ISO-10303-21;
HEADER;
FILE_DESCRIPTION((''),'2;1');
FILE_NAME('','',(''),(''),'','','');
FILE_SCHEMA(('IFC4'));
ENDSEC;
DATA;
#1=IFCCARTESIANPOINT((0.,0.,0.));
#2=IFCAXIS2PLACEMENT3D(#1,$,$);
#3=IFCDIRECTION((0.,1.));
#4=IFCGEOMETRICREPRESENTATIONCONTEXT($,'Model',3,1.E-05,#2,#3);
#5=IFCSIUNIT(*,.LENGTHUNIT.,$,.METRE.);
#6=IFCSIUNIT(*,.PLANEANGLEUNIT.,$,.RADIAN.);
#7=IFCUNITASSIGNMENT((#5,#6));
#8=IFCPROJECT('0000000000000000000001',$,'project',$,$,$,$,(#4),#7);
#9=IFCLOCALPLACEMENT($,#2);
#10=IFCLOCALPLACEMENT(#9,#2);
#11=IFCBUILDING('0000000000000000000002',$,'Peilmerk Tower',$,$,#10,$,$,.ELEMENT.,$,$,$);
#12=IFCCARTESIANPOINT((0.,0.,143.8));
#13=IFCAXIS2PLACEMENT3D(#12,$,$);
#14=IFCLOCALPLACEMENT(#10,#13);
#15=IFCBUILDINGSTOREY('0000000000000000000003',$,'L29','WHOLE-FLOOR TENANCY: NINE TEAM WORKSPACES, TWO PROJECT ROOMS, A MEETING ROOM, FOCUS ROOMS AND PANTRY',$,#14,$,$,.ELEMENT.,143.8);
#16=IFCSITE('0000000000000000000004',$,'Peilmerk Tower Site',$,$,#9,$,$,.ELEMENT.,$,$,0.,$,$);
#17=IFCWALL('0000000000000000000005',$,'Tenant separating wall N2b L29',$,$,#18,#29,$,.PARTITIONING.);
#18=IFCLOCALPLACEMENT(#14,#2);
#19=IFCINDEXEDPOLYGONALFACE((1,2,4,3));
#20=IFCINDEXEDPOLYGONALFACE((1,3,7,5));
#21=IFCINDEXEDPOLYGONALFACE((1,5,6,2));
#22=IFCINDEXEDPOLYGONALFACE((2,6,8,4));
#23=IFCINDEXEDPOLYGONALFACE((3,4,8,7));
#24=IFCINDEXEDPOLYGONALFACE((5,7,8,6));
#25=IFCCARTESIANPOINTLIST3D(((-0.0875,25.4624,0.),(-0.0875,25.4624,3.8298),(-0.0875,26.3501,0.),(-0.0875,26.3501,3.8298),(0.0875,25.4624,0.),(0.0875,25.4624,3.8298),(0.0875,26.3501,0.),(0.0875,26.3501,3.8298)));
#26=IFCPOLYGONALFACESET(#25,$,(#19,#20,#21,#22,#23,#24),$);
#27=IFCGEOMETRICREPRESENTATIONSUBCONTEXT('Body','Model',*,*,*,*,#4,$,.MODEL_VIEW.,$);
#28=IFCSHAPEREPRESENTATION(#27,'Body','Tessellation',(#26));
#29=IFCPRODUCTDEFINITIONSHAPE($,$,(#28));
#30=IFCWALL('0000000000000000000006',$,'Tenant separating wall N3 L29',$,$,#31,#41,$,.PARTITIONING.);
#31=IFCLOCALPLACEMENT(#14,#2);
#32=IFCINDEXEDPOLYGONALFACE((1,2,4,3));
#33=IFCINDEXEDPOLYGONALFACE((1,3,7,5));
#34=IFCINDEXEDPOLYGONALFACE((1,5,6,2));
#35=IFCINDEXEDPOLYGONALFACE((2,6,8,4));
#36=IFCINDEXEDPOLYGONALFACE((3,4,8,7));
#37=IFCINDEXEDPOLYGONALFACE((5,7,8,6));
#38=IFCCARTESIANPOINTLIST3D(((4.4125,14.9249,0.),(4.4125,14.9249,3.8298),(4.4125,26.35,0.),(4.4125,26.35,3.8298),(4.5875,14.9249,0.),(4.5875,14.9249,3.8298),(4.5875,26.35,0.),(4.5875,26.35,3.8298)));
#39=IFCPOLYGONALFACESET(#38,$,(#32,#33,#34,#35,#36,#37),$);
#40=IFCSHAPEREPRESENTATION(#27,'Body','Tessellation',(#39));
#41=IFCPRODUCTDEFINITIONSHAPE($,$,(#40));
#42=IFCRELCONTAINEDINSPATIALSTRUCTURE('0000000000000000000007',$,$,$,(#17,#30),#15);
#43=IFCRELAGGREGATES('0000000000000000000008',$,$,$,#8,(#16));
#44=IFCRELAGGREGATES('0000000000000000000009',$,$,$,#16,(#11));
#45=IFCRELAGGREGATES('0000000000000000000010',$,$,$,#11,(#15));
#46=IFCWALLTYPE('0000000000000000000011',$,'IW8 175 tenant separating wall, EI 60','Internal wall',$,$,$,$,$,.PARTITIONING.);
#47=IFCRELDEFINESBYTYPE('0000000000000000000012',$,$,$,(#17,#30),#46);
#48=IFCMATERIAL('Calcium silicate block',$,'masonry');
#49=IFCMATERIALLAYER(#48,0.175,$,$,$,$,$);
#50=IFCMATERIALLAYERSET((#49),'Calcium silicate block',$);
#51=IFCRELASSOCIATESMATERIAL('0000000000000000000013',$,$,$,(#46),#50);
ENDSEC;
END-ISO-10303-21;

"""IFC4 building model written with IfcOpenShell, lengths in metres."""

from ifc_helpers import new_model, si_unit, direction, frame, frame_2d, origin, place, context, subcontext, project, spatial, rectangle, extrude, material, layer, layer_set, type_object, element, save


model = new_model("IFC4")

# Units and contexts
model_context = context("Model", 3, precision=1e-05, world=origin(), true_north=direction((0.0, 1.0)))
body_context = subcontext(model_context, "Body", "Model", "MODEL_VIEW")
ifc_project = project(units=[si_unit("LENGTHUNIT", "METRE"), si_unit("PLANEANGLEUNIT", "RADIAN")], contexts=[model_context])

# Site, building, storey
site_placement = place(None, origin())
site = spatial("IfcSite", under=ifc_project, at=site_placement, Name="Peilmerk Tower Site", CompositionType="ELEMENT", RefElevation=0.0)
building_placement = place(site_placement, origin())
building = spatial("IfcBuilding", under=site, at=building_placement, Name="Peilmerk Tower", CompositionType="ELEMENT")
storey_placement = place(building_placement, frame((0.0, 0.0, 143.8)))
storey = spatial("IfcBuildingStorey", under=building, at=storey_placement, Name="L29", Description="WHOLE-FLOOR TENANCY: NINE TEAM WORKSPACES, TWO PROJECT ROOMS, A MEETING ROOM, FOCUS ROOMS AND PANTRY", CompositionType="ELEMENT", Elevation=143.8)

# Walls
ifc_material_1 = material(Name="Calcium silicate block", Category="masonry")
ifc_layer_1 = layer(ifc_material_1, 0.175)
ifc_layer_set_1 = layer_set([ifc_layer_1], Name="Calcium silicate block")
wall_type = type_object("IfcWallType", Name="IW8 175 tenant separating wall, EI 60", Description="Internal wall", PredefinedType="PARTITIONING", material=ifc_layer_set_1)
wall_1_placement = place(storey_placement, frame((0.0, 25.4624, 0.0), z_axis=(0.0, 0.0, 1.0), x_axis=(0.0, 1.0, 0.0)))
element("IfcWall", 1, at=wall_1_placement, inside=storey, type_object=wall_type, Name="Tenant separating wall N2b L29", PredefinedType="PARTITIONING", context=body_context, shape_type="SweptSolid", body=[
    extrude(rectangle(XDim=0.8877, YDim=0.175, at=frame_2d((0.4438, 0.0))), origin(), (0.0, 0.0, 1.0), 3.8298),
])
wall_2_placement = place(storey_placement, frame((4.5, 14.925, 0.0), z_axis=(0.0, 0.0, 1.0), x_axis=(0.0, 1.0, 0.0)))
element("IfcWall", 2, at=wall_2_placement, inside=storey, type_object=wall_type, Name="Tenant separating wall N3 L29", PredefinedType="PARTITIONING", context=body_context, shape_type="SweptSolid", body=[
    extrude(rectangle(XDim=11.425, YDim=0.175, at=frame_2d((5.7124, 0.0))), origin(), (0.0, 0.0, 1.0), 3.8298),
])

save(model, "model.ifc")
